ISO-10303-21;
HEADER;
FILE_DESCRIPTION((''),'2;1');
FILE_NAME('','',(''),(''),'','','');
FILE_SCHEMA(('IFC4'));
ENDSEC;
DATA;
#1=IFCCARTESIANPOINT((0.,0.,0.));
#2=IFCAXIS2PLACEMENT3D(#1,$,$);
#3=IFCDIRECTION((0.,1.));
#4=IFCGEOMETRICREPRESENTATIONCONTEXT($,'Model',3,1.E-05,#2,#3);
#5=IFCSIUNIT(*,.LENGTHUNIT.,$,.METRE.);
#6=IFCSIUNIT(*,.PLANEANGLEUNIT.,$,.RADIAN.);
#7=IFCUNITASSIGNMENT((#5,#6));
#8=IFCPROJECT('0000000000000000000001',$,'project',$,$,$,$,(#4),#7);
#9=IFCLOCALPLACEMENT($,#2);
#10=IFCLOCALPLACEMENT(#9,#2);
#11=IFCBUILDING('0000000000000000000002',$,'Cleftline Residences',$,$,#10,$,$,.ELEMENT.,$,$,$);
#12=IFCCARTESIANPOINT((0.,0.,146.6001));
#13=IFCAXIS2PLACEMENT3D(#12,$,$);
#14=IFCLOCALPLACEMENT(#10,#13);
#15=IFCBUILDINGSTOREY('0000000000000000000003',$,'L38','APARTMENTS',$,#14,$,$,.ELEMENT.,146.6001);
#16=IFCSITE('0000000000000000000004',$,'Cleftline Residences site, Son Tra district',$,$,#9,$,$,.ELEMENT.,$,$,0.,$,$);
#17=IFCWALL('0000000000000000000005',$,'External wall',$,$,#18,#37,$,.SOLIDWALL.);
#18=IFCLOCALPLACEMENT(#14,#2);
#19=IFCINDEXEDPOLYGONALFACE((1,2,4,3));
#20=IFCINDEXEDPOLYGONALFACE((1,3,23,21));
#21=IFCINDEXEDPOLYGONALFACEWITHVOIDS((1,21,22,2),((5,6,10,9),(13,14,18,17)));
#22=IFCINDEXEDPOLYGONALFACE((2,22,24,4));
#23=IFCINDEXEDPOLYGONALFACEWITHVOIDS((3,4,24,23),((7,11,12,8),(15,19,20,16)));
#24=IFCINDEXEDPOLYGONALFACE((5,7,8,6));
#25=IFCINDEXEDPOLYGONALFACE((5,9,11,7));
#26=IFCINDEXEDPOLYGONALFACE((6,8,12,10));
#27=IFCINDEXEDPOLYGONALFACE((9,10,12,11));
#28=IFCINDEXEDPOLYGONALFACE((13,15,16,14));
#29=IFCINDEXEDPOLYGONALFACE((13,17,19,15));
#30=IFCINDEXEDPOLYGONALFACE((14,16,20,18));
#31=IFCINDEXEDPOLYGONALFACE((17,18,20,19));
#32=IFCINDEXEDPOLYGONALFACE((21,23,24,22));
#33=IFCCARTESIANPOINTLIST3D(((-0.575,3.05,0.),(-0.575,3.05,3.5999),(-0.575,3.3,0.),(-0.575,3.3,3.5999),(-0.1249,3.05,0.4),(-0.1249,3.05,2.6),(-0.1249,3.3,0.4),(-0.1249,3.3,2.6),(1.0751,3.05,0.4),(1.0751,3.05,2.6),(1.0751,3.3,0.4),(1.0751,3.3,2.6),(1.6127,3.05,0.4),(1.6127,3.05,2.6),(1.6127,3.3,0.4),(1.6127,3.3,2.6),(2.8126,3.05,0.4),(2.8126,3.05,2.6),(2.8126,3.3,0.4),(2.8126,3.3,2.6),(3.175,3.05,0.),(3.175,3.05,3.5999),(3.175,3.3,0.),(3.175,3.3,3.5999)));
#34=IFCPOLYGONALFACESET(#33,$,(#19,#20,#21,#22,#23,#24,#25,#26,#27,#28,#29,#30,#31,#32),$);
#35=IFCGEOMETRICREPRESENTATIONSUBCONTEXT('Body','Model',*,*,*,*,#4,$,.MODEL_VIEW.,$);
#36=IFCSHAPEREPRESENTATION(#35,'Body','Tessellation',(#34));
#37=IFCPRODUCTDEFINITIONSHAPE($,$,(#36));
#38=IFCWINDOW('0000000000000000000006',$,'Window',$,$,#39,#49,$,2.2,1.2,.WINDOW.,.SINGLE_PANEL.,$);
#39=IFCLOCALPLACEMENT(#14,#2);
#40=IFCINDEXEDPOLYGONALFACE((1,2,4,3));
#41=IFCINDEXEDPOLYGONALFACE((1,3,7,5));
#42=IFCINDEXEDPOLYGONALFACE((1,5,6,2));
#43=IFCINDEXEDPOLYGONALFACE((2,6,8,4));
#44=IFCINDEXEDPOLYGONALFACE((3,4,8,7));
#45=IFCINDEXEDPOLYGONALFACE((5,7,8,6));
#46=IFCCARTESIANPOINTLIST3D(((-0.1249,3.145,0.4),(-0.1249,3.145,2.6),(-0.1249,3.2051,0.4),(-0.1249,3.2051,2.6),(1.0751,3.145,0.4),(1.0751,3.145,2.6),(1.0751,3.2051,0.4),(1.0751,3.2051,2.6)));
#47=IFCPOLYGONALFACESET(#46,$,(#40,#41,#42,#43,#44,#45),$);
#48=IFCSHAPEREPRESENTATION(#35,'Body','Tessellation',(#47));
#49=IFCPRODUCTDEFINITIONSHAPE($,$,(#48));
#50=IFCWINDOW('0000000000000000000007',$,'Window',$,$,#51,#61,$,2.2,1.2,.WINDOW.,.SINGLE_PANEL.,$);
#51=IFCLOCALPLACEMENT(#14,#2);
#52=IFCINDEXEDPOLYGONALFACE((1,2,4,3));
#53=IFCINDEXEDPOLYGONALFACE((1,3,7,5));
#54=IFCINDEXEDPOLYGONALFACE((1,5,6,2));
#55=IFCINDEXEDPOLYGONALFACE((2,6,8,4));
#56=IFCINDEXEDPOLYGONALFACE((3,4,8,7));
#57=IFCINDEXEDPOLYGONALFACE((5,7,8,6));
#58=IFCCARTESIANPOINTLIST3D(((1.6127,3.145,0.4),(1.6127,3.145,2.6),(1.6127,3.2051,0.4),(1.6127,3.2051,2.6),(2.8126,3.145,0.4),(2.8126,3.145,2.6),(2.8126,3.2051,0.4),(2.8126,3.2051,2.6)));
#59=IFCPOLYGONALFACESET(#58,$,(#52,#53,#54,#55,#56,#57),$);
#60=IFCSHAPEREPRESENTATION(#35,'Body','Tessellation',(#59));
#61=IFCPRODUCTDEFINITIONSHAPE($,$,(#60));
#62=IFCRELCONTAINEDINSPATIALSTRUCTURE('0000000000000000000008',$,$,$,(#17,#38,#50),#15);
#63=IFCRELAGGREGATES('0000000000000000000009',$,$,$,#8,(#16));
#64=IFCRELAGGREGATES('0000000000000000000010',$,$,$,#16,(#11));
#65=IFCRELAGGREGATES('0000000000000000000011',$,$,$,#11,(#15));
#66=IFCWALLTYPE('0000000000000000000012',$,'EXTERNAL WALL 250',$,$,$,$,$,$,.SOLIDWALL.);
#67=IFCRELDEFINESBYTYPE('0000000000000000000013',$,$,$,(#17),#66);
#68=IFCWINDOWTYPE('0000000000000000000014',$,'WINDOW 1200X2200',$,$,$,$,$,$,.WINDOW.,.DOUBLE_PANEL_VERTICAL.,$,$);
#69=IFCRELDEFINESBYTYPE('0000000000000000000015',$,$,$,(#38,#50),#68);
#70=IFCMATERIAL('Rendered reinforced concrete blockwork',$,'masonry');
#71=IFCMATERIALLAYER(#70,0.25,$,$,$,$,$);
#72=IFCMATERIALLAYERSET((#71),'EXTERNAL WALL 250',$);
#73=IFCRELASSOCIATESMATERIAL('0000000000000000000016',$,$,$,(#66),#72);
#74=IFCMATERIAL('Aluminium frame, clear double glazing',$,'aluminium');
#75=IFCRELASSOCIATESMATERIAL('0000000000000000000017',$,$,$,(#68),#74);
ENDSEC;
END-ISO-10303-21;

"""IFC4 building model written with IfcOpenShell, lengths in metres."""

from ifc_helpers import new_model, si_unit, direction, frame, frame_2d, origin, place, context, subcontext, project, spatial, rectangle, extrude, material, layer, layer_set, type_object, element, fill, save


model = new_model("IFC4")

# Units and contexts
model_context = context("Model", 3, precision=1e-05, world=origin(), true_north=direction((0.0, 1.0)))
body_context = subcontext(model_context, "Body", "Model", "MODEL_VIEW")
ifc_project = project(units=[si_unit("LENGTHUNIT", "METRE"), si_unit("PLANEANGLEUNIT", "RADIAN")], contexts=[model_context])

# Site, building, storey
site_placement = place(None, origin())
site = spatial("IfcSite", under=ifc_project, at=site_placement, Name="Cleftline Residences site, Son Tra district", CompositionType="ELEMENT", RefElevation=0.0)
building_placement = place(site_placement, origin())
building = spatial("IfcBuilding", under=site, at=building_placement, Name="Cleftline Residences", CompositionType="ELEMENT")
storey_placement = place(building_placement, frame((0.0, 0.0, 146.6001)))
storey = spatial("IfcBuildingStorey", under=building, at=storey_placement, Name="L38", Description="APARTMENTS", CompositionType="ELEMENT", Elevation=146.6001)

# Wall, openings, windows
ifc_material_1 = material(Name="Rendered reinforced concrete blockwork", Category="masonry")
ifc_layer_1 = layer(ifc_material_1, 0.25)
ifc_layer_set_1 = layer_set([ifc_layer_1], Name="EXTERNAL WALL 250")
wall_type = type_object("IfcWallType", Name="EXTERNAL WALL 250", PredefinedType="SOLIDWALL", material=ifc_layer_set_1)
wall_placement = place(storey_placement, frame((-0.575, 3.175, 0.0), z_axis=(0.0, 0.0, 1.0), x_axis=(1.0, 0.0, 0.0)))
wall = element("IfcWall", 1, at=wall_placement, inside=storey, type_object=wall_type, Name="External wall", PredefinedType="SOLIDWALL", context=body_context, shape_type="SweptSolid", body=[
    extrude(rectangle(XDim=3.75, YDim=0.25, at=frame_2d((1.875, 0.0))), origin(), (0.0, 0.0, 1.0), 3.5999),
])
opening_1_placement = place(wall_placement, frame((0.45, 0.0, 0.3999)))
opening_1 = element("IfcOpeningElement", 2, at=opening_1_placement, cuts=wall, PredefinedType="OPENING", context=body_context, shape_type="SweptSolid", body=[
    extrude(rectangle(XDim=1.2, YDim=2.2, at=frame_2d((0.6001, 1.1001))), frame((0.0, 0.135, 0.0), z_axis=(0.0, -1.0, 0.0), x_axis=(1.0, 0.0, 0.0)), (0.0, 0.0, 1.0), 0.27),
])
opening_2_placement = place(wall_placement, frame((2.1875, 0.0, 0.3999)))
opening_2 = element("IfcOpeningElement", 3, at=opening_2_placement, cuts=wall, PredefinedType="OPENING", context=body_context, shape_type="SweptSolid", body=[
    extrude(rectangle(XDim=1.2, YDim=2.2, at=frame_2d((0.6001, 1.1001))), frame((0.0, 0.135, 0.0), z_axis=(0.0, -1.0, 0.0), x_axis=(1.0, 0.0, 0.0)), (0.0, 0.0, 1.0), 0.27),
])
ifc_material_2 = material(Name="Aluminium frame, clear double glazing", Category="aluminium")
window_type = type_object("IfcWindowType", Name="WINDOW 1200X2200", PartitioningType="DOUBLE_PANEL_VERTICAL", PredefinedType="WINDOW", material=ifc_material_2)
window_1_placement = place(opening_1_placement, origin())
window_1 = element("IfcWindow", 4, at=window_1_placement, inside=storey, type_object=window_type, Name="Window", OverallHeight=2.2, OverallWidth=1.2, PartitioningType="SINGLE_PANEL", PredefinedType="WINDOW", context=body_context, shape_type="SweptSolid", body=[
    extrude(rectangle(XDim=1.2, YDim=2.2, at=frame_2d((0.6001, 1.1001))), frame((0.0, 0.03, 0.0), z_axis=(0.0, -1.0, 0.0), x_axis=(1.0, 0.0, 0.0)), (0.0, 0.0, 1.0), 0.0601),
])
fill(opening_1, window_1)
window_2_placement = place(opening_2_placement, origin())
window_2 = element("IfcWindow", 5, at=window_2_placement, inside=storey, type_object=window_type, Name="Window", OverallHeight=2.2, OverallWidth=1.2, PartitioningType="SINGLE_PANEL", PredefinedType="WINDOW", context=body_context, shape_type="SweptSolid", body=[
    extrude(rectangle(XDim=1.2, YDim=2.2, at=frame_2d((0.6001, 1.1001))), frame((0.0, 0.03, 0.0), z_axis=(0.0, -1.0, 0.0), x_axis=(1.0, 0.0, 0.0)), (0.0, 0.0, 1.0), 0.0601),
])
fill(opening_2, window_2)

save(model, "model.ifc")
